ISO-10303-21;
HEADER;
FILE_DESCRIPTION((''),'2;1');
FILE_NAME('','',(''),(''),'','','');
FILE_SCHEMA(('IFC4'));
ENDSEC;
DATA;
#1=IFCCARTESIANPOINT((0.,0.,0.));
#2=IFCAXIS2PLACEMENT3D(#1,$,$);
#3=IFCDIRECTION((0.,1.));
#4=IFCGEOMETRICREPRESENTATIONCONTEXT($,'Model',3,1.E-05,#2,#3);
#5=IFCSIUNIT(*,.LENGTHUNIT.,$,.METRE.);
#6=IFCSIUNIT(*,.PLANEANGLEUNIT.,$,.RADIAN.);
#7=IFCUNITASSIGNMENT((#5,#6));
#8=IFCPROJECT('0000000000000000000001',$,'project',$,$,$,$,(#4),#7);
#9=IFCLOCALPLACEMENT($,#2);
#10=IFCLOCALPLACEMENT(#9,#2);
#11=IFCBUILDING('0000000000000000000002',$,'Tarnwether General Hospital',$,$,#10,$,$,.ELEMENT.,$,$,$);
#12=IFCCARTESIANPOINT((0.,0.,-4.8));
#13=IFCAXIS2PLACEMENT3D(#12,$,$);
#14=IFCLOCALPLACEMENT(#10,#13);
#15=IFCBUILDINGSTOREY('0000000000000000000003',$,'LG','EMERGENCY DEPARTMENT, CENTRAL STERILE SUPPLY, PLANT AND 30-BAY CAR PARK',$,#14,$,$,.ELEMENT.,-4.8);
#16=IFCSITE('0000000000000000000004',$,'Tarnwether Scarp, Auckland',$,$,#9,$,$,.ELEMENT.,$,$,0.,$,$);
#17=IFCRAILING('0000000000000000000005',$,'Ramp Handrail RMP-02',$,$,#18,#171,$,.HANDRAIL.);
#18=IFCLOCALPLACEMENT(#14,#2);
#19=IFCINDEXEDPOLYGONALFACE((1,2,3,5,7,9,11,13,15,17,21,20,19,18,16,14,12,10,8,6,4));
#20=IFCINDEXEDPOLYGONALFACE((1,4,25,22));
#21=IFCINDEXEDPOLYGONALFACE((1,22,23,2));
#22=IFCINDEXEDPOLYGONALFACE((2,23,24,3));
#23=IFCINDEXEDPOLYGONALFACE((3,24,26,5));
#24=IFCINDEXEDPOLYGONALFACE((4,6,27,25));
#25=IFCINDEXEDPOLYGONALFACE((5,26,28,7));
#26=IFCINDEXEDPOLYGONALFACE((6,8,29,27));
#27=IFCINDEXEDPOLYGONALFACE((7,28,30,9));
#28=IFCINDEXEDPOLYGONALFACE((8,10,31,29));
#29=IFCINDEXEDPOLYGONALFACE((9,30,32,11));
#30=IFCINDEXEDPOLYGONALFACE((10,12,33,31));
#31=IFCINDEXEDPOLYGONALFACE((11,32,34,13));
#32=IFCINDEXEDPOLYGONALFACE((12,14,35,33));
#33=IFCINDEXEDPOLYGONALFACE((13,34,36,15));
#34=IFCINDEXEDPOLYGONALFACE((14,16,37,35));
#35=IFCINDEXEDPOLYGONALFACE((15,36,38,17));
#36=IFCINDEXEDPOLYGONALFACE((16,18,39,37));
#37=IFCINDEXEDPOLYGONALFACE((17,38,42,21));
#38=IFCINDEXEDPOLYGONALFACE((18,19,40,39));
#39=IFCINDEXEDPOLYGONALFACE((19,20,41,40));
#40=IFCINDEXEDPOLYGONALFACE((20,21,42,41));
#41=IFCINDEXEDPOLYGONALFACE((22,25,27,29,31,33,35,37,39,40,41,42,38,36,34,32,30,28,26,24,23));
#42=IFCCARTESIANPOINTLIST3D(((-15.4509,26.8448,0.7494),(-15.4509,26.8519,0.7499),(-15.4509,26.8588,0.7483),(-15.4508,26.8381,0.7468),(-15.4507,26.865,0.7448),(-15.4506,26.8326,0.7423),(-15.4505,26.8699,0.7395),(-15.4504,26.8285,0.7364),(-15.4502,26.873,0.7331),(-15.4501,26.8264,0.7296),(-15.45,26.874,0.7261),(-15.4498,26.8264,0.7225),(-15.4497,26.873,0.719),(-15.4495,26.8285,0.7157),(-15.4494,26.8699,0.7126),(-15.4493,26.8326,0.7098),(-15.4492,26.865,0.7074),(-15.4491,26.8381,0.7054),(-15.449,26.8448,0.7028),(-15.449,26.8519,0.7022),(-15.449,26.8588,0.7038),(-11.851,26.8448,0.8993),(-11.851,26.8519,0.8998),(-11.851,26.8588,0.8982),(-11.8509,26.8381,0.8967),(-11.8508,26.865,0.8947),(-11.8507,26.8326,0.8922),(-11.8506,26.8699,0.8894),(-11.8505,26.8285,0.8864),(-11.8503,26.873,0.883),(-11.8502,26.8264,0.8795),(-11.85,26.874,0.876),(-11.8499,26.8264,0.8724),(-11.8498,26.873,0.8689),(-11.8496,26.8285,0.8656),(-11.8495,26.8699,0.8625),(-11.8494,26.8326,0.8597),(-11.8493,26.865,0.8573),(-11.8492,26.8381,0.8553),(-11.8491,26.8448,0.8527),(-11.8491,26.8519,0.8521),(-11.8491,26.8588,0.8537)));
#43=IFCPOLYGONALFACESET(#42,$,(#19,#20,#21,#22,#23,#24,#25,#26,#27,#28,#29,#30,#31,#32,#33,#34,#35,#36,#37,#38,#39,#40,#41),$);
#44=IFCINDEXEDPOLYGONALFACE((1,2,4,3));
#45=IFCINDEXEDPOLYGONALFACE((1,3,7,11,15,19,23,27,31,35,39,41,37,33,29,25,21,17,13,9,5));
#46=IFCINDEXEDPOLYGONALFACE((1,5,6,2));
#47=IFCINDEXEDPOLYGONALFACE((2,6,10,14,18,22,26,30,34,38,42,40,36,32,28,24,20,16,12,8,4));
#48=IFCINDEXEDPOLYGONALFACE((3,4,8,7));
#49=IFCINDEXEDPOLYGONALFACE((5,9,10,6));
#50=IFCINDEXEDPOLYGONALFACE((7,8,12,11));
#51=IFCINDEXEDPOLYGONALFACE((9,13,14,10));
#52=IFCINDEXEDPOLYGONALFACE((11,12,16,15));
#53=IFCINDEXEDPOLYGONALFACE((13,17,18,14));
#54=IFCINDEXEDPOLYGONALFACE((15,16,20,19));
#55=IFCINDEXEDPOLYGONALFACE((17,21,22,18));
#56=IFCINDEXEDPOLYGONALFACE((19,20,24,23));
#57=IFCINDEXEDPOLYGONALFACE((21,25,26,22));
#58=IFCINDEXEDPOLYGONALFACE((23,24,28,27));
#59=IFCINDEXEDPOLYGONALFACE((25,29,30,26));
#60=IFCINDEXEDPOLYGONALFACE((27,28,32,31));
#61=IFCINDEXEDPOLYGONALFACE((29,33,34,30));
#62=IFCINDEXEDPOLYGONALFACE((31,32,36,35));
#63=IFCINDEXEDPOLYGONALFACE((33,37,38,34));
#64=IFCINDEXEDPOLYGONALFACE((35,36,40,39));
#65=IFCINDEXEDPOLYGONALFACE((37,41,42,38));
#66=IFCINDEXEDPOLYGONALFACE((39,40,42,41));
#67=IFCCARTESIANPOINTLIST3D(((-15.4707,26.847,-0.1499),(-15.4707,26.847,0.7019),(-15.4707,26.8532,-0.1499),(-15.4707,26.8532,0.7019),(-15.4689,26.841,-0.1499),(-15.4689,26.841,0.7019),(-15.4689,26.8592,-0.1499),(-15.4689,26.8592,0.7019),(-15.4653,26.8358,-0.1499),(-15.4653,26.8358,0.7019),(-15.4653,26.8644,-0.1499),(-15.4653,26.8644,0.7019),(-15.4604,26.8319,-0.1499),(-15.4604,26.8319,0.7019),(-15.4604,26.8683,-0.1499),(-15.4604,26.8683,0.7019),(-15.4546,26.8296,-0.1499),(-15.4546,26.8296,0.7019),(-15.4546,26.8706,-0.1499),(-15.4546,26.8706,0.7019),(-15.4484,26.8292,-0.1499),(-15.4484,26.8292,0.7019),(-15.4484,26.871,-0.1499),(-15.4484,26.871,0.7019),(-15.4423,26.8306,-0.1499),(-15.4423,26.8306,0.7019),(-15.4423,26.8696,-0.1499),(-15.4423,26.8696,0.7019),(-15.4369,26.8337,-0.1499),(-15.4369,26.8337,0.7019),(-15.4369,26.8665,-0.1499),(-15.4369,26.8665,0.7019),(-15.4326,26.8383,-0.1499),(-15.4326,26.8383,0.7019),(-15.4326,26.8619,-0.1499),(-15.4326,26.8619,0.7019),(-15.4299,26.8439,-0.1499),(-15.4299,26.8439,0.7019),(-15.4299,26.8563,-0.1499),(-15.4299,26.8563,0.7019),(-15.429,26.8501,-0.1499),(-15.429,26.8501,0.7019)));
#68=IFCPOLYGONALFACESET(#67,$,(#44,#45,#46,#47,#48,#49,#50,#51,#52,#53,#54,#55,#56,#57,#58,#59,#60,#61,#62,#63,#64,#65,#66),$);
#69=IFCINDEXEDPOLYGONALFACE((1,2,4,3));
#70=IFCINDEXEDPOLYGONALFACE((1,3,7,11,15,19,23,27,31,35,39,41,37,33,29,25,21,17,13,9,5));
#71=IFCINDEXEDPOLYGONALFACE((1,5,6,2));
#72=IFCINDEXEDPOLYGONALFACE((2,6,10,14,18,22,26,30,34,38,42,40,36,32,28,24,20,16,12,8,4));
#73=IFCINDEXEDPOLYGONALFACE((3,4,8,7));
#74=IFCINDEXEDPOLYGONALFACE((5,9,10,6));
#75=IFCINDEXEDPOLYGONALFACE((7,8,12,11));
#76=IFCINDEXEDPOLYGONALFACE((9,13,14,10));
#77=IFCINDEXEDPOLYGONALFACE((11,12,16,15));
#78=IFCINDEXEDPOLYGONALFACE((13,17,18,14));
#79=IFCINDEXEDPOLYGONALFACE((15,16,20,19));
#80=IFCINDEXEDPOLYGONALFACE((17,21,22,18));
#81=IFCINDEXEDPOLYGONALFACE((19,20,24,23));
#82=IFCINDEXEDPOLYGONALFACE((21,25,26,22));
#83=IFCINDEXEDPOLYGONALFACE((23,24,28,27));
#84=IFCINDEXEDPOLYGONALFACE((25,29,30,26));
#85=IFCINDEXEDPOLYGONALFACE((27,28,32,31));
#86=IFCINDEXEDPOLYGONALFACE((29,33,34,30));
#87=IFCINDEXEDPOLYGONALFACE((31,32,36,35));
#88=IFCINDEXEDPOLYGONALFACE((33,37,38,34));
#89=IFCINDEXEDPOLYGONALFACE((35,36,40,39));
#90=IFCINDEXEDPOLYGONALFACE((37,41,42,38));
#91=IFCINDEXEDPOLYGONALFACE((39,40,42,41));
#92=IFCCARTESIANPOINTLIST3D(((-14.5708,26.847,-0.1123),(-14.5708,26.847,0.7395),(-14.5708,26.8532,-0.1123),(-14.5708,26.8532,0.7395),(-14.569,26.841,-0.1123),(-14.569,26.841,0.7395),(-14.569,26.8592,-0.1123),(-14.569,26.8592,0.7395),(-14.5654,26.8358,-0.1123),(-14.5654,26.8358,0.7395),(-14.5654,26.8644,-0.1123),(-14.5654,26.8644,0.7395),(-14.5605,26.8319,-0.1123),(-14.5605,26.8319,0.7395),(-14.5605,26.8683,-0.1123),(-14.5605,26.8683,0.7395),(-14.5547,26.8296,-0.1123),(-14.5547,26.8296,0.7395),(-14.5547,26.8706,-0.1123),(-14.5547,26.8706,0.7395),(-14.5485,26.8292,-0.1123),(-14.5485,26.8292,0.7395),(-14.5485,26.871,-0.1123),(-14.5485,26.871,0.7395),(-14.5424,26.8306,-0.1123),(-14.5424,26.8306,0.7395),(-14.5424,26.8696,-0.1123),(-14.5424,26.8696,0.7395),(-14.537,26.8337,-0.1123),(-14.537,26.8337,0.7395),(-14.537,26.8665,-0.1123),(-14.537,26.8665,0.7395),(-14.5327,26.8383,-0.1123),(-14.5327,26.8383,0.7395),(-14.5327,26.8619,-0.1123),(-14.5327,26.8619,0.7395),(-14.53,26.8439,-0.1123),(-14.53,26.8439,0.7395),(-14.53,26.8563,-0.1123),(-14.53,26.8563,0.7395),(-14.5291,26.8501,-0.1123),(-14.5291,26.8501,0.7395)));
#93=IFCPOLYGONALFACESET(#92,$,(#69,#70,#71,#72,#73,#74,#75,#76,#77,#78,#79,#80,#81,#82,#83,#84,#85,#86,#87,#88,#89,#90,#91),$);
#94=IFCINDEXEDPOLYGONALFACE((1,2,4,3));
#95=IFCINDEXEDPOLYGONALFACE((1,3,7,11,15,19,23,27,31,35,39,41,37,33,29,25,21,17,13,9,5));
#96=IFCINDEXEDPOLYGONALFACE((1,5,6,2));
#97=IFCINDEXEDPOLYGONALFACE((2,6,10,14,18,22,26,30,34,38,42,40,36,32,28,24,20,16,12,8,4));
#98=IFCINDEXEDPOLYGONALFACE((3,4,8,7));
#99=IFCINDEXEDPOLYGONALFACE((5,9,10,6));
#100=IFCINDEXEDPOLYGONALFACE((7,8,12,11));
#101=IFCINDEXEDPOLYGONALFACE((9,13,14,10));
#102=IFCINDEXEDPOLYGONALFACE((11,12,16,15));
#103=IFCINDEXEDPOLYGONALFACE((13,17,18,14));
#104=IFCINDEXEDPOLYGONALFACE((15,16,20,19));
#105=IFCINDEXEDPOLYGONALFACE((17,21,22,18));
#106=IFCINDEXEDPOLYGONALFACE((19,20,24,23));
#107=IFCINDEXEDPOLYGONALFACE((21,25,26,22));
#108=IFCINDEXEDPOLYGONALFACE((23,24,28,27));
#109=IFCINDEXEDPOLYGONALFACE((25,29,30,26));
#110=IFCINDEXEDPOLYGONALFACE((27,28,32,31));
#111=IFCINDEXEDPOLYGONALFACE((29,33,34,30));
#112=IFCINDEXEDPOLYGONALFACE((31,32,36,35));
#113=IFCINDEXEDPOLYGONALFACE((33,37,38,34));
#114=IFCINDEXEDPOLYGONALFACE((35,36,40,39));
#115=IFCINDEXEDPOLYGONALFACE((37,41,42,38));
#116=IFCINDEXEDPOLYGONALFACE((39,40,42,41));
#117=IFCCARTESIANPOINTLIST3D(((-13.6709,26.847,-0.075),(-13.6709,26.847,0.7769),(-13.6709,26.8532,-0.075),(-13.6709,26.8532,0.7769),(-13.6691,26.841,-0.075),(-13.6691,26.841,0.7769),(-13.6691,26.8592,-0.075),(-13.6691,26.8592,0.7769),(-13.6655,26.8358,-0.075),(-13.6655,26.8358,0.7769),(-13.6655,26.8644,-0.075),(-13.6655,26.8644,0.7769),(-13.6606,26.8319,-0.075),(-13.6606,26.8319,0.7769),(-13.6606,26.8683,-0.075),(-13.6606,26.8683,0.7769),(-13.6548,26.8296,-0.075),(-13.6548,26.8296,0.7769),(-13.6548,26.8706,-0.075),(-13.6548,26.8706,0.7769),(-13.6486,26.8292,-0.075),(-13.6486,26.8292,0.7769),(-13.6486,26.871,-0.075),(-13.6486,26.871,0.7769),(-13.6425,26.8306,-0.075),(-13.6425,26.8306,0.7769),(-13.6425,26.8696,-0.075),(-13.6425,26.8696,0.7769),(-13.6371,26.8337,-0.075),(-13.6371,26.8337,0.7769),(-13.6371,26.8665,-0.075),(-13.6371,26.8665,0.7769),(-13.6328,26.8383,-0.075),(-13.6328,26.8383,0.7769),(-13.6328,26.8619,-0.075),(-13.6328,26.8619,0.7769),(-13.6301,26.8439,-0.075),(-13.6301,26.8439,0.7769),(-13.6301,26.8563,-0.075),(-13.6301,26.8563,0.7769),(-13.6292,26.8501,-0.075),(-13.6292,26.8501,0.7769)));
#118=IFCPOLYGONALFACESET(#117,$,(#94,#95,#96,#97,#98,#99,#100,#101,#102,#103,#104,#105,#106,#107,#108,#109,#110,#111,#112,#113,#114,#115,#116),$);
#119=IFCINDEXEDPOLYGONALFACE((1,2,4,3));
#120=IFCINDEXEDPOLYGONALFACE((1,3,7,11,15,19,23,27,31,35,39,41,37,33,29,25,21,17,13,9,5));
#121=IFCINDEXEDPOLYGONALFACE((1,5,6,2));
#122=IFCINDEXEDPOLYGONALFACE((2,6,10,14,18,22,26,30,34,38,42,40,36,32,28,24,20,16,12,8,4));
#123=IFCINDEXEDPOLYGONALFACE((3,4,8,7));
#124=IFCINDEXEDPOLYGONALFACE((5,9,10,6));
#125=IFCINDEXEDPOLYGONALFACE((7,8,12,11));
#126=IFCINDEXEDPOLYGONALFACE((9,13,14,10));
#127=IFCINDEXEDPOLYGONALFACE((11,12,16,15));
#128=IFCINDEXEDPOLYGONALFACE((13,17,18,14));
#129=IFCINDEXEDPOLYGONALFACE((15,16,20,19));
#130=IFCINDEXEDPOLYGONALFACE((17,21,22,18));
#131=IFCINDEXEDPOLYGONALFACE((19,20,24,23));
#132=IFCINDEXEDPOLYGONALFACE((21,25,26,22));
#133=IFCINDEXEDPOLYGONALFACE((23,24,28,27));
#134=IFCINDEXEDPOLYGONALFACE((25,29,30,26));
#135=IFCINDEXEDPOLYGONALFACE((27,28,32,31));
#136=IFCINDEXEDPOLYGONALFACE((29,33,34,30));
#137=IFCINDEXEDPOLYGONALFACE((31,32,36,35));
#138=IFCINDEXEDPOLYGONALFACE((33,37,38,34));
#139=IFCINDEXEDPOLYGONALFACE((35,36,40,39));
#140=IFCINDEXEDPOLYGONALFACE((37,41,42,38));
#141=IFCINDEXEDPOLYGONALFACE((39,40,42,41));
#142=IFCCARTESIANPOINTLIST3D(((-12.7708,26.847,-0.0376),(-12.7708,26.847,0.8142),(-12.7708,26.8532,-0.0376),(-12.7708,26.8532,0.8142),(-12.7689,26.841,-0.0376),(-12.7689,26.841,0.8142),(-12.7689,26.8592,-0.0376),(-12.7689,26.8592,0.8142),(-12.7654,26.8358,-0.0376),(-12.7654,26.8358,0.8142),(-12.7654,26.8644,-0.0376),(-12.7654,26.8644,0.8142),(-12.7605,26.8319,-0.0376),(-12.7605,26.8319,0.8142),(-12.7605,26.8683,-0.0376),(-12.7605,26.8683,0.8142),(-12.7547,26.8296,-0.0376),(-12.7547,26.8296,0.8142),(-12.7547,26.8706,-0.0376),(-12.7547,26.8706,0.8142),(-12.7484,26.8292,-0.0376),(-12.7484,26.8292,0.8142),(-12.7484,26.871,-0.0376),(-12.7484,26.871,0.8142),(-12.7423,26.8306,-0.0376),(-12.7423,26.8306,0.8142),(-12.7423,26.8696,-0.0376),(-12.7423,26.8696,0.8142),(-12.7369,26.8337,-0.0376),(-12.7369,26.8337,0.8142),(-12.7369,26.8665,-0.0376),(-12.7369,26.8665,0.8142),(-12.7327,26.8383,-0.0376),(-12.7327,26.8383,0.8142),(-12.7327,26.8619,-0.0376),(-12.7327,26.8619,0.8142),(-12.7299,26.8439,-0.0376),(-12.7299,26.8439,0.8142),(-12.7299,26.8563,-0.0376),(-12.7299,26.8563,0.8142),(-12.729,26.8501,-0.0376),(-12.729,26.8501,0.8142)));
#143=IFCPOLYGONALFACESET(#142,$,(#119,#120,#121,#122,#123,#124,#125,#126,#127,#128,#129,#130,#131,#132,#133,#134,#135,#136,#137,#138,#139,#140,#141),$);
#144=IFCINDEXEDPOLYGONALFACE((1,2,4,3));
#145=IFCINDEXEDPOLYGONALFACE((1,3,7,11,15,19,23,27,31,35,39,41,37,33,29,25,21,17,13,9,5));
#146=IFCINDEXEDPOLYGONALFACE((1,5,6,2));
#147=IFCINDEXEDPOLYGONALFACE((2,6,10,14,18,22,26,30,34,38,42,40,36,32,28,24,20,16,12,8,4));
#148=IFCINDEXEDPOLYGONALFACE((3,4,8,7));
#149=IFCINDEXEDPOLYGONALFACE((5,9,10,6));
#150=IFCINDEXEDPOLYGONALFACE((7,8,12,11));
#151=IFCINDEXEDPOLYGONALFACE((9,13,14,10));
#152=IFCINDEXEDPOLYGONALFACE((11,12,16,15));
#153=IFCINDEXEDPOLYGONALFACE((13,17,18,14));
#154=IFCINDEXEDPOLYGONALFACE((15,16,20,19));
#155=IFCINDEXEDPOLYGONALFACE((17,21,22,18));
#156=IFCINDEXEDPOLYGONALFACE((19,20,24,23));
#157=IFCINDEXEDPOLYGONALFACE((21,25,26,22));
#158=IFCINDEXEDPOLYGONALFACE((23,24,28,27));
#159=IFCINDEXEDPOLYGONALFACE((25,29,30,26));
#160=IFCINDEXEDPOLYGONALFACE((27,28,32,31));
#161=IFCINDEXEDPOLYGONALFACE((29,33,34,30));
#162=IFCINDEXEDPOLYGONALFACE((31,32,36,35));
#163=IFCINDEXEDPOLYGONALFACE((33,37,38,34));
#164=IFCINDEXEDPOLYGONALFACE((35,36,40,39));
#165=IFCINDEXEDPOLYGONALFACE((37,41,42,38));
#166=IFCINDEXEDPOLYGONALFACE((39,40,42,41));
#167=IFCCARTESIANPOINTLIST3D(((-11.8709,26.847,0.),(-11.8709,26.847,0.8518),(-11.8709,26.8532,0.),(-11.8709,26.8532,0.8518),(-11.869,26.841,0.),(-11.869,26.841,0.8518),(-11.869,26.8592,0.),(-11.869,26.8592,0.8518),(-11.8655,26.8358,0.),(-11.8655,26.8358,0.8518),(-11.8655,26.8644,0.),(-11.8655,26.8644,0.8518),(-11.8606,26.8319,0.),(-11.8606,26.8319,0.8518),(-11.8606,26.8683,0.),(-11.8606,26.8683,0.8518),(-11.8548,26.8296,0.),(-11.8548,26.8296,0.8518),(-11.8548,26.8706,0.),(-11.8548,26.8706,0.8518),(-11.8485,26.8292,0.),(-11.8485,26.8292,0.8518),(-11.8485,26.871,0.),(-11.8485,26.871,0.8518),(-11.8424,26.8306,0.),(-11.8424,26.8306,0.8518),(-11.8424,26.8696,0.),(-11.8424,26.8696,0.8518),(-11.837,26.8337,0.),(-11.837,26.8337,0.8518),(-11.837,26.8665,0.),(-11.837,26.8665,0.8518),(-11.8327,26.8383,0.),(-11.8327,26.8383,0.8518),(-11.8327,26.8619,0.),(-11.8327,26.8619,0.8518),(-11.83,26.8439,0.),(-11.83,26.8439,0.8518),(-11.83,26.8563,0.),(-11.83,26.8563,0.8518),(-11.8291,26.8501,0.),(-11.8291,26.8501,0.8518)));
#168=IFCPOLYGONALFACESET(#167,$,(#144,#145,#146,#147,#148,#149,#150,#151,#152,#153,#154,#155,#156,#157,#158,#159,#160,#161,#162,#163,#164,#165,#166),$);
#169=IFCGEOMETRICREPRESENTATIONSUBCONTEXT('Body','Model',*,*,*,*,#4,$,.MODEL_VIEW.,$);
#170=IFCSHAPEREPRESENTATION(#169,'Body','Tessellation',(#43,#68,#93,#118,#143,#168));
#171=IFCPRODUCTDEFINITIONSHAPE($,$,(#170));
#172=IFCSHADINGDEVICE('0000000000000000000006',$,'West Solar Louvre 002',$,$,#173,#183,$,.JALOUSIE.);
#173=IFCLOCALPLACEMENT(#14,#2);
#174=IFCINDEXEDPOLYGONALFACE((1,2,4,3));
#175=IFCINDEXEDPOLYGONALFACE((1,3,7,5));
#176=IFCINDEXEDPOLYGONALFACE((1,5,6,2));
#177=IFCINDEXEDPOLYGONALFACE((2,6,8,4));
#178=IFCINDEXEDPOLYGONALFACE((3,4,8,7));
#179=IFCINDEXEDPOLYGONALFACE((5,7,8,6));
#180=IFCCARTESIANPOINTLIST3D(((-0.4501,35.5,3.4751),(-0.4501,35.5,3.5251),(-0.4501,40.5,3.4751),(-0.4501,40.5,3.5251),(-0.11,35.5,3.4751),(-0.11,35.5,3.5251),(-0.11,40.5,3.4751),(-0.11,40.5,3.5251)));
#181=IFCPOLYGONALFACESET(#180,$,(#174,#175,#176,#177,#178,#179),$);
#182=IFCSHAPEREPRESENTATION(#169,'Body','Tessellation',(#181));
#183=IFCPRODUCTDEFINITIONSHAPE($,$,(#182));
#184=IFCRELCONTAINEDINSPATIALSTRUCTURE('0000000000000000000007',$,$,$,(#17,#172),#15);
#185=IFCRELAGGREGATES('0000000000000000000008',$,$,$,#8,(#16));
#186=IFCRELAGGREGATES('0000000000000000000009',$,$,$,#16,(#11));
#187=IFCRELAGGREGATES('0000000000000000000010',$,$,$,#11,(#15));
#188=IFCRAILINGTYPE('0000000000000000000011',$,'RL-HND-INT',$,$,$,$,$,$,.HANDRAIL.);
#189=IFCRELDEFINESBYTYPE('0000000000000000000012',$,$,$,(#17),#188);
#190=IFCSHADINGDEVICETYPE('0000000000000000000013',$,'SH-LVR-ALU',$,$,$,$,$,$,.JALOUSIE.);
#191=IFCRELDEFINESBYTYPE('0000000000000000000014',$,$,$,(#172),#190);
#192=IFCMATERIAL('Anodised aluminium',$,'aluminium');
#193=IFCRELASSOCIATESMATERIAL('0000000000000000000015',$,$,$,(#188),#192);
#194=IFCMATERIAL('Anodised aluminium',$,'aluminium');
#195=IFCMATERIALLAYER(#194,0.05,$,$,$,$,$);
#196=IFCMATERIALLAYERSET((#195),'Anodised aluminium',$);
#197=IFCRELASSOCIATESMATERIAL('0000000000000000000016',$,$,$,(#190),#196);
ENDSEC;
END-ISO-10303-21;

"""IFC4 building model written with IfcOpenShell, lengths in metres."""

from ifc_helpers import new_model, si_unit, direction, frame, origin, origin_2d, place, context, subcontext, project, spatial, rectangle, circle, extrude, material, layer, layer_set, type_object, element, save


model = new_model("IFC4")

# Units and contexts
model_context = context("Model", 3, precision=1e-05, world=origin(), true_north=direction((0.0, 1.0)))
body_context = subcontext(model_context, "Body", "Model", "MODEL_VIEW")
ifc_project = project(units=[si_unit("LENGTHUNIT", "METRE"), si_unit("PLANEANGLEUNIT", "RADIAN")], contexts=[model_context])

# Site, building, storey
site_placement = place(None, origin())
site = spatial("IfcSite", under=ifc_project, at=site_placement, Name="Tarnwether Scarp, Auckland", CompositionType="ELEMENT", RefElevation=0.0)
building_placement = place(site_placement, origin())
building = spatial("IfcBuilding", under=site, at=building_placement, Name="Tarnwether General Hospital", CompositionType="ELEMENT")
storey_placement = place(building_placement, frame((0.0, 0.0, -4.8)))
storey = spatial("IfcBuildingStorey", under=building, at=storey_placement, Name="LG", Description="EMERGENCY DEPARTMENT, CENTRAL STERILE SUPPLY, PLANT AND 30-BAY CAR PARK", CompositionType="ELEMENT", Elevation=-4.8)

# Railing
ifc_material_1 = material(Name="Anodised aluminium", Category="aluminium")
railing_type = type_object("IfcRailingType", Name="RL-HND-INT", PredefinedType="HANDRAIL", material=ifc_material_1)
for number, where, name in (
    (1, (-15.45, 26.8501, -0.1499), "Ramp Handrail RMP-02"),
):
    element("IfcRailing", number, at=place(storey_placement, frame(where)), inside=storey, type_object=railing_type, Name=name, PredefinedType="HANDRAIL", context=body_context, shape_type="SweptSolid", body=[
        extrude(circle(Radius=0.0239, at=origin_2d()), frame((0.0, 0.0, 0.876), z_axis=(0.999134, 0.0, 0.041605), x_axis=(0.0, 1.0, 0.0)), (0.0, 0.0, 1.0), 3.603),
        extrude(circle(Radius=0.021, at=origin_2d()), origin(), (0.0, 0.0, 1.0), 0.8518),
        extrude(circle(Radius=0.021, at=origin_2d()), frame((0.8999, 0.0, 0.0376)), (0.0, 0.0, 1.0), 0.8518),
        extrude(circle(Radius=0.021, at=origin_2d()), frame((1.7998, 0.0, 0.075)), (0.0, 0.0, 1.0), 0.8518),
        extrude(circle(Radius=0.021, at=origin_2d()), frame((2.7, 0.0, 0.1123)), (0.0, 0.0, 1.0), 0.8518),
        extrude(circle(Radius=0.021, at=origin_2d()), frame((3.5999, 0.0, 0.1499)), (0.0, 0.0, 1.0), 0.8518),
    ])

# Shading device
ifc_material_2 = material(Name="Anodised aluminium", Category="aluminium")
ifc_layer_1 = layer(ifc_material_2, 0.05)
ifc_layer_set_1 = layer_set([ifc_layer_1], Name="Anodised aluminium")
shading_device_type = type_object("IfcShadingDeviceType", Name="SH-LVR-ALU", PredefinedType="JALOUSIE", material=ifc_layer_set_1)
shading_device_placement = place(storey_placement, frame((-0.28, 38.0, 3.4751), z_axis=(0.0, 0.0, 1.0), x_axis=(1.0, 0.0, 0.0)))
element("IfcShadingDevice", 2, at=shading_device_placement, inside=storey, type_object=shading_device_type, Name="West Solar Louvre 002", PredefinedType="JALOUSIE", context=body_context, shape_type="SweptSolid", body=[
    extrude(rectangle(XDim=0.3401, YDim=5.0, at=origin_2d()), origin(), (0.0, 0.0, 1.0), 0.05),
])

save(model, "model.ifc")
